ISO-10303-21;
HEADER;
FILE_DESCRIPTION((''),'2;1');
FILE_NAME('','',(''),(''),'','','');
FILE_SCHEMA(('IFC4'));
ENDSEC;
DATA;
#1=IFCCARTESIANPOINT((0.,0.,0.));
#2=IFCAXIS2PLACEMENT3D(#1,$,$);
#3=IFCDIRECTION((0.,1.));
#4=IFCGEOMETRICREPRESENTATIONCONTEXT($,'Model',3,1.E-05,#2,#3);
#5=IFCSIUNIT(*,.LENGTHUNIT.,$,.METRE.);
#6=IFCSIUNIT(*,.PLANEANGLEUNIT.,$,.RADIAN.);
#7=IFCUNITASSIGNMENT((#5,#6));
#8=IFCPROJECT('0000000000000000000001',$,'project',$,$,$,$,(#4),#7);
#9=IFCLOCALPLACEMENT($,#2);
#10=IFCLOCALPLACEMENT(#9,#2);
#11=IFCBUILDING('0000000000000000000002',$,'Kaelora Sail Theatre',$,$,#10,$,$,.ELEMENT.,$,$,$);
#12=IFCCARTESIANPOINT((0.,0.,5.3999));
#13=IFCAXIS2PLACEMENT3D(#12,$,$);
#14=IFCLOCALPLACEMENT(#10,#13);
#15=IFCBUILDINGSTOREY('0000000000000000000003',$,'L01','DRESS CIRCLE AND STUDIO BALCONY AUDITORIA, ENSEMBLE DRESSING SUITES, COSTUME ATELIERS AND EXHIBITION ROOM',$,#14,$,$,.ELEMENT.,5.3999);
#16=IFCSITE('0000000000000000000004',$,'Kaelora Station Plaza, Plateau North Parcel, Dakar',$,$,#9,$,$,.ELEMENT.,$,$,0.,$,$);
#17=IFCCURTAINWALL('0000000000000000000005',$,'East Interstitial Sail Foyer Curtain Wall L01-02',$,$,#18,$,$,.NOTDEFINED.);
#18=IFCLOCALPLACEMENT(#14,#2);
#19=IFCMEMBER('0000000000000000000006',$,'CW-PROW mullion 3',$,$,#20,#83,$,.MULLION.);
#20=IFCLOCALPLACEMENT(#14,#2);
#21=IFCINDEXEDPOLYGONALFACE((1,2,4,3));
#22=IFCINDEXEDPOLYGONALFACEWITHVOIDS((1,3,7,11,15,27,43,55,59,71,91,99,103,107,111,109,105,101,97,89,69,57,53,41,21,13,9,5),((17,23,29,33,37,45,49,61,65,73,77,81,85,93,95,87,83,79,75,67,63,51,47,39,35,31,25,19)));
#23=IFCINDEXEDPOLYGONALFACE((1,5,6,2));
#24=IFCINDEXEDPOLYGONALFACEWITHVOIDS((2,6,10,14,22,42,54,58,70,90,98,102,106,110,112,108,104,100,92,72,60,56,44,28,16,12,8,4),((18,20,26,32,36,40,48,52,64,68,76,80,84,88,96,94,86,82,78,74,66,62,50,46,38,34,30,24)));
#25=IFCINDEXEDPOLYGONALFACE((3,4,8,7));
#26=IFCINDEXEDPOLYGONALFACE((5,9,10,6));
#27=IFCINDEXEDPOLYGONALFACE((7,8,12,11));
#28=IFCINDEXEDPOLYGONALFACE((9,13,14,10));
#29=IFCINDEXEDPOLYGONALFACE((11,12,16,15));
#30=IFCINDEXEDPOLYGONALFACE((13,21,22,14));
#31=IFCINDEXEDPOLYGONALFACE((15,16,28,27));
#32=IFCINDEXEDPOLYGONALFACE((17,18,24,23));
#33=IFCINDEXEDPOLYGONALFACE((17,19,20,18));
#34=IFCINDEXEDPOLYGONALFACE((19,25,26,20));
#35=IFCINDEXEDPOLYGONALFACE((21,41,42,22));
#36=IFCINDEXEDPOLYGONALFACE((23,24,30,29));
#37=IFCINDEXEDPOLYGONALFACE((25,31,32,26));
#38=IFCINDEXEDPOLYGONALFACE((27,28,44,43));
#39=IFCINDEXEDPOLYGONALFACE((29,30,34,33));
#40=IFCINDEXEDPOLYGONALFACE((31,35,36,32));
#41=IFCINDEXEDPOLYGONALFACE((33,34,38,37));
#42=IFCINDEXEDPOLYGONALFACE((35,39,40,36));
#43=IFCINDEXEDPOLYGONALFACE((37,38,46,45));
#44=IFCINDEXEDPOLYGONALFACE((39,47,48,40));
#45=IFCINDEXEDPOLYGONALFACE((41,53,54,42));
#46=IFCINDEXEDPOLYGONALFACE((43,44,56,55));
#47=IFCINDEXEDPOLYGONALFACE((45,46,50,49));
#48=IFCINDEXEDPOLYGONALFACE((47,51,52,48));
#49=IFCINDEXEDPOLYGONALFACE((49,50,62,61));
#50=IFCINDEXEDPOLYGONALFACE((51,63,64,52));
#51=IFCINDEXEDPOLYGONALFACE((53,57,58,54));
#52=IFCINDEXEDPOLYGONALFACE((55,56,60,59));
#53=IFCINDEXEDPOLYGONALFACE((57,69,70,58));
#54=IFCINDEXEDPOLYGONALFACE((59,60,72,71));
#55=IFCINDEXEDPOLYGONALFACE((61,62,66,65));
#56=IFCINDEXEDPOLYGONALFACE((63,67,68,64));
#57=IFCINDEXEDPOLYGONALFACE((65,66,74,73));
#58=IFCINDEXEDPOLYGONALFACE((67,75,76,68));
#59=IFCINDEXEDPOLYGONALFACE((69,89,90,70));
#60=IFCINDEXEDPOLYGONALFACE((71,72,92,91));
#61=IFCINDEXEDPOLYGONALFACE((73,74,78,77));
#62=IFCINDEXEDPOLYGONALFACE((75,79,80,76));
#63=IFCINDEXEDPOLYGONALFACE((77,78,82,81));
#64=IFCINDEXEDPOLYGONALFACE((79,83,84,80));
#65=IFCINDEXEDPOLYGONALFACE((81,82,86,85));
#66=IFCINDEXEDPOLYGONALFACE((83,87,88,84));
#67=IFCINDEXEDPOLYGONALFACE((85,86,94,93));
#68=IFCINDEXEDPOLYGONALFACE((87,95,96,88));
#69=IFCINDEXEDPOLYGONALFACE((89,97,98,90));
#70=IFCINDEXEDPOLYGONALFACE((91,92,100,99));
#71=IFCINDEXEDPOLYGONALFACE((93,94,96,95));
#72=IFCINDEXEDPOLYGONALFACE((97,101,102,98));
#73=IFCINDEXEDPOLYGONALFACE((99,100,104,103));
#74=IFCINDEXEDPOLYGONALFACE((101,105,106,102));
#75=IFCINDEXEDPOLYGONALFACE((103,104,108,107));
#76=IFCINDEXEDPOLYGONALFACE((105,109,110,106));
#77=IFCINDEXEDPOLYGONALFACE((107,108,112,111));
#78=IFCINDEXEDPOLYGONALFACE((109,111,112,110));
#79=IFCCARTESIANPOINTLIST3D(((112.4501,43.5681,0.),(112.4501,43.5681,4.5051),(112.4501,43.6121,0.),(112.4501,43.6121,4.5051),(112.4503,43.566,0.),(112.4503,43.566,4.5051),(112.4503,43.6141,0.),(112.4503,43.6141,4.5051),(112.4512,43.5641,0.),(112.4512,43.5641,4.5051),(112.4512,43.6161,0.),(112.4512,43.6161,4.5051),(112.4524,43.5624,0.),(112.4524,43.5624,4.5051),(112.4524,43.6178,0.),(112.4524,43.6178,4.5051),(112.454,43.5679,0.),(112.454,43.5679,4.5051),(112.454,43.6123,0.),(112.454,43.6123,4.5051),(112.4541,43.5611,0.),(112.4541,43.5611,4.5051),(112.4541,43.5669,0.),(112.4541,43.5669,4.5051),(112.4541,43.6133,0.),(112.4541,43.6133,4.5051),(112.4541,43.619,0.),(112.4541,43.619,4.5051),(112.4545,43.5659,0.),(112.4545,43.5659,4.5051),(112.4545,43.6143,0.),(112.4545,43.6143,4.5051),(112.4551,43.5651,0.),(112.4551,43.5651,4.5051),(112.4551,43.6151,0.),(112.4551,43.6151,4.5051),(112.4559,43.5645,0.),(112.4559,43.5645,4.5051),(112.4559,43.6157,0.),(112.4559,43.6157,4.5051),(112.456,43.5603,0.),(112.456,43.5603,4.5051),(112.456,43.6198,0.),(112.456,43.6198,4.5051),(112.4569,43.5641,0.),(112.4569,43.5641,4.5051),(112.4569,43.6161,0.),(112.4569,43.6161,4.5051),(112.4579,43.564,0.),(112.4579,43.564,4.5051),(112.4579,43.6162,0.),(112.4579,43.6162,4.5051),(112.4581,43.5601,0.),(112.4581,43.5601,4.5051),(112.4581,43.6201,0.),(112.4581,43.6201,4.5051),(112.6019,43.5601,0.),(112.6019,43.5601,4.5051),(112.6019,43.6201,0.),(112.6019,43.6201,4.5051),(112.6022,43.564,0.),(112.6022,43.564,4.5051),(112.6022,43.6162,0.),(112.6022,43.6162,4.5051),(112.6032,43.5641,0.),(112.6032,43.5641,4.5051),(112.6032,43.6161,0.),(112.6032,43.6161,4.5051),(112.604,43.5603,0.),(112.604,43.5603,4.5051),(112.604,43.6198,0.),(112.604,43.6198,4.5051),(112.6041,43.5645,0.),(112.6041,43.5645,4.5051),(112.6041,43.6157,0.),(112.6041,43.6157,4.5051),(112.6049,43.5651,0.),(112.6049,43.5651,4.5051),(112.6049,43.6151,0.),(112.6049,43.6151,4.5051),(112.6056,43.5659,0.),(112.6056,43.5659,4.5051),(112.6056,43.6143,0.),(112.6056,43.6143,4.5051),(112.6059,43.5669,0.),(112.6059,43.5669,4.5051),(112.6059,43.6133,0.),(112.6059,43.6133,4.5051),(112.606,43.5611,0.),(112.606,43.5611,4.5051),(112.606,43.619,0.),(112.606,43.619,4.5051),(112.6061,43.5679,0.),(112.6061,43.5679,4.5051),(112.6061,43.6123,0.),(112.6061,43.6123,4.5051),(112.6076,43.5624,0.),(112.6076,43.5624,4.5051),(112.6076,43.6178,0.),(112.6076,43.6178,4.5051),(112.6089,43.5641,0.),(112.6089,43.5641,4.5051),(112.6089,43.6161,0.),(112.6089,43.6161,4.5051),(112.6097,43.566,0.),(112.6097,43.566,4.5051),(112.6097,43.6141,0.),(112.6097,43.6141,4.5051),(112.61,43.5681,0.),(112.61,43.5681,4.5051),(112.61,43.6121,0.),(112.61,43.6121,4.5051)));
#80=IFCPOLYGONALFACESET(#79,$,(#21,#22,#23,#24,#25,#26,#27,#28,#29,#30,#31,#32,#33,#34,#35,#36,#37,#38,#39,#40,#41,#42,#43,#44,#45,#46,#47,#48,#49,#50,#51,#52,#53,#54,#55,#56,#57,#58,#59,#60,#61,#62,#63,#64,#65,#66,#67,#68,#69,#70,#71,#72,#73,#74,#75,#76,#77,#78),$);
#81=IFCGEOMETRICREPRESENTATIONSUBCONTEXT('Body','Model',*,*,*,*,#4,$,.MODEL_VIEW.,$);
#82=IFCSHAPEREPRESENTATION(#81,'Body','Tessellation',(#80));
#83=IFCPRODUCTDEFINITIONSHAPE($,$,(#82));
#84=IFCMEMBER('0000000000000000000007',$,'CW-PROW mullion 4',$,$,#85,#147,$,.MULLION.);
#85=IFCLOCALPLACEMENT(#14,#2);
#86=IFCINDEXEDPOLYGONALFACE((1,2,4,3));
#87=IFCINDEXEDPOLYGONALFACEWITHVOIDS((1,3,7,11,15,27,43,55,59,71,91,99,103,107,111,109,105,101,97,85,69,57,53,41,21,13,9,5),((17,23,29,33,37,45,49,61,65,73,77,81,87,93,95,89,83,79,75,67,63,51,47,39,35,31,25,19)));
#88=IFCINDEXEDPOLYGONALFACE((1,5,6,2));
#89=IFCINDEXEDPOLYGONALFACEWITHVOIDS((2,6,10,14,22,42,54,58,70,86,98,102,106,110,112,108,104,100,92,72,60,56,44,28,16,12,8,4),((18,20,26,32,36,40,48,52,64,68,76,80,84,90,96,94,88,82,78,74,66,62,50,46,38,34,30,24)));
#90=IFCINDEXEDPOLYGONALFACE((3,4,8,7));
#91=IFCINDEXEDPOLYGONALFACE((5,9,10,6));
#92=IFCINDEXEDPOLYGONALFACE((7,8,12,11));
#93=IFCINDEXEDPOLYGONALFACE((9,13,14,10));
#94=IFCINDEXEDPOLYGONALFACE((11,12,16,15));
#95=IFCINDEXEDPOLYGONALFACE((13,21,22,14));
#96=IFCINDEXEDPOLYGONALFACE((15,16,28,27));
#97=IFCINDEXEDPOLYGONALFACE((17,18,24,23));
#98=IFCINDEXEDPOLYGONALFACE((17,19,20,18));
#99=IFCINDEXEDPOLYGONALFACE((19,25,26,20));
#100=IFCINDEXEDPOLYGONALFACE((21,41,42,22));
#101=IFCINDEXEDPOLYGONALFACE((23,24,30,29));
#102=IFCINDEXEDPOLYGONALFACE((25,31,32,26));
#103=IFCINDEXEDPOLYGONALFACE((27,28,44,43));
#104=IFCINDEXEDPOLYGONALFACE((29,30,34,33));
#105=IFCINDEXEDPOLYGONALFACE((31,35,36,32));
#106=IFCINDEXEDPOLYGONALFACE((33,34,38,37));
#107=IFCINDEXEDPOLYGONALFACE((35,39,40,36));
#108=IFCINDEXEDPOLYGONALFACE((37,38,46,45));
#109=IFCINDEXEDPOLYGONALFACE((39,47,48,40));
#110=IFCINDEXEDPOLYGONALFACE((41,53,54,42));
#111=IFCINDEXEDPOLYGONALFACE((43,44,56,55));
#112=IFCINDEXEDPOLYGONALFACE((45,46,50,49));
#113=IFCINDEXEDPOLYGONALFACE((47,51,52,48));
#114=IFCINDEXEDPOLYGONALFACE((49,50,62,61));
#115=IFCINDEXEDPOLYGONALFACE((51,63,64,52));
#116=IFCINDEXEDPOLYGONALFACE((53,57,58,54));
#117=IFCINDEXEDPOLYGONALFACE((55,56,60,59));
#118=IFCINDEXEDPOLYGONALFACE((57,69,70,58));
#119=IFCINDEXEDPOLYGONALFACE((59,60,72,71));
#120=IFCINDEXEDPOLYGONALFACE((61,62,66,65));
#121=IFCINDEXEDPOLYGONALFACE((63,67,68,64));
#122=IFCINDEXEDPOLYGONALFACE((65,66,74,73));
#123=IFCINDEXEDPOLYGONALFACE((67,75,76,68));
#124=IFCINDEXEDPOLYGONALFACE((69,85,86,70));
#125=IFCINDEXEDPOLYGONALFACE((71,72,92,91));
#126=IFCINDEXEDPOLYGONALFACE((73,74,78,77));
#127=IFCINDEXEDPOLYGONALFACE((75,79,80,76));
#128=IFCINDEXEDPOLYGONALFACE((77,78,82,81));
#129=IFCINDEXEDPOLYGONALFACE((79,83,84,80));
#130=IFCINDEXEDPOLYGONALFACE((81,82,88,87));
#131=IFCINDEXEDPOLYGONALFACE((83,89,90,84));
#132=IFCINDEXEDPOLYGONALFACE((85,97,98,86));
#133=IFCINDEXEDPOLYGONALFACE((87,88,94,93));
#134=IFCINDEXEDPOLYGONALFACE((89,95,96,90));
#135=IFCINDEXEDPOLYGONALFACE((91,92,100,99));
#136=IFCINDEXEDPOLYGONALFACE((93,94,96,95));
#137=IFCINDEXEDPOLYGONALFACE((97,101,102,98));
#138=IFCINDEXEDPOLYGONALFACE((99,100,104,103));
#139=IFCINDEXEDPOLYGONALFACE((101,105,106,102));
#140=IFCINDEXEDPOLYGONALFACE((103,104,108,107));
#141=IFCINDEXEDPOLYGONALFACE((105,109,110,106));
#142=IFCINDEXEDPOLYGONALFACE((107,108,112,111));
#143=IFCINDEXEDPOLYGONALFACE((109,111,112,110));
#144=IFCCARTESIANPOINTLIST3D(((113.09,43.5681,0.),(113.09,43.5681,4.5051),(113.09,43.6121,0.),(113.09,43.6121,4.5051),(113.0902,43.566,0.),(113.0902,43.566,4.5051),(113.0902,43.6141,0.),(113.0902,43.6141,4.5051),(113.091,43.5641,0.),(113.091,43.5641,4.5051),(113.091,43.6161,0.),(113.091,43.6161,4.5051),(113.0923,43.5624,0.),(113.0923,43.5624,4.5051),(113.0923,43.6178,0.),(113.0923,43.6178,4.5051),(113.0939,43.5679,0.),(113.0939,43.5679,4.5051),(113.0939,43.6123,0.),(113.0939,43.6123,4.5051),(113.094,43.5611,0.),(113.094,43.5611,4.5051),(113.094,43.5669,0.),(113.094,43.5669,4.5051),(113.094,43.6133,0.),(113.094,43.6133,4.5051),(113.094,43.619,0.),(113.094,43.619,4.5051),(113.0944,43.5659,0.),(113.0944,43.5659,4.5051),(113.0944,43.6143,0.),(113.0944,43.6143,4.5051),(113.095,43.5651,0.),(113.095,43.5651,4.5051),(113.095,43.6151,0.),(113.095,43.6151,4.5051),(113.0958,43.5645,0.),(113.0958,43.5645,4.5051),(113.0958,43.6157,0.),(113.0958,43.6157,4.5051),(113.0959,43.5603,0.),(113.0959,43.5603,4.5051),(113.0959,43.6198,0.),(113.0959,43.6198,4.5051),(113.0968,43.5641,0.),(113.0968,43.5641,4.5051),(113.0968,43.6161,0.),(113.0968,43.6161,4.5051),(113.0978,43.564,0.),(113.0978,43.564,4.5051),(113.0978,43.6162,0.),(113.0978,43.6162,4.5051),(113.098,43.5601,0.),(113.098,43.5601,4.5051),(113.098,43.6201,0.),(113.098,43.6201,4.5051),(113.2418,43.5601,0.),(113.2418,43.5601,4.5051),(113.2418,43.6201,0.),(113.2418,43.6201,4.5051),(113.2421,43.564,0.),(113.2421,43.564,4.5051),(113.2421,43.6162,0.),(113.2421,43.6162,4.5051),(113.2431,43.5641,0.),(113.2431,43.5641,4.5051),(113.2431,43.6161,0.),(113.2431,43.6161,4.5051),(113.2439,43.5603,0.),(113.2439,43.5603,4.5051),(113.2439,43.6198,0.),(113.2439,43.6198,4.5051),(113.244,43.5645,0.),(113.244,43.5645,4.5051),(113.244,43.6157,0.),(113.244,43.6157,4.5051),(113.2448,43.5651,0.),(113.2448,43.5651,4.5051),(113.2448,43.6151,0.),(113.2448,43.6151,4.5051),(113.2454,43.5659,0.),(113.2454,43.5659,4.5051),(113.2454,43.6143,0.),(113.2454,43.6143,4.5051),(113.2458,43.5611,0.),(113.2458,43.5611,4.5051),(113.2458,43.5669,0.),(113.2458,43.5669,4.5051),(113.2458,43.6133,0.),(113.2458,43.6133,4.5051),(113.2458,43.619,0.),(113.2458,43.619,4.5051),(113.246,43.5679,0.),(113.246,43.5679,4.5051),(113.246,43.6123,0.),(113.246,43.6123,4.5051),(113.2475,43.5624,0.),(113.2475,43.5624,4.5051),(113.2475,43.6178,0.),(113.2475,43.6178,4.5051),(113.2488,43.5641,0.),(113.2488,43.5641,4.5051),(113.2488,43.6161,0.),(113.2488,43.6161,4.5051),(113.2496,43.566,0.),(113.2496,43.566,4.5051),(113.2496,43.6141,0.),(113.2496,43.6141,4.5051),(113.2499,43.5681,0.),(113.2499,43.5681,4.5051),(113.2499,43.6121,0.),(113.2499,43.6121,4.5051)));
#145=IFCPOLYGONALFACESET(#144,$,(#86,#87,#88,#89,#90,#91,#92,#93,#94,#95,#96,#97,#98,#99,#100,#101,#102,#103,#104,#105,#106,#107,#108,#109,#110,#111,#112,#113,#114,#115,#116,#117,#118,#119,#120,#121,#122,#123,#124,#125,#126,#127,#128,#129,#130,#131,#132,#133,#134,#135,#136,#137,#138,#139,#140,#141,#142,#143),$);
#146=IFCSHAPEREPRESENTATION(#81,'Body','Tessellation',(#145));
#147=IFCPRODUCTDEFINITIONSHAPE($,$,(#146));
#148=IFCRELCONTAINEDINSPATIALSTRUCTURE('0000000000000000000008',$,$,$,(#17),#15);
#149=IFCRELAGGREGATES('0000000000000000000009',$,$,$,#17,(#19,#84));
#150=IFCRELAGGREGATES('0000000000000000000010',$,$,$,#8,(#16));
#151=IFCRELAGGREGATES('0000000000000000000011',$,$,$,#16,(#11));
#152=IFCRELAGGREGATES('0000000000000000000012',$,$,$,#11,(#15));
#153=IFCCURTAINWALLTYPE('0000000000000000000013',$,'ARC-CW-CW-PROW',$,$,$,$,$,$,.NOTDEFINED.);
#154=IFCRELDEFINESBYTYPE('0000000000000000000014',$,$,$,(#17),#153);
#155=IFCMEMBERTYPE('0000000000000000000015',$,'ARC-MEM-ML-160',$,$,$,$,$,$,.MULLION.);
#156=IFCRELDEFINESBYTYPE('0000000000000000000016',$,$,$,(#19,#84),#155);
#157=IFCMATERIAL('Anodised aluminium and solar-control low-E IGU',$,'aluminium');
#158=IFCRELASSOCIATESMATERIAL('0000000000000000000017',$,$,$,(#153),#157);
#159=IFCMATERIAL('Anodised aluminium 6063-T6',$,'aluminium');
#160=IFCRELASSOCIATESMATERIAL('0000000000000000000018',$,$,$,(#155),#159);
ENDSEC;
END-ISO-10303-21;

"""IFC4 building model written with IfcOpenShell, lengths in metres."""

from ifc_helpers import new_model, si_unit, direction, frame, origin, origin_2d, place, context, subcontext, project, spatial, hollow_rectangle, extrude, material, material_profile, profile_set, type_object, element, aggregate, save


model = new_model("IFC4")

# Units and contexts
model_context = context("Model", 3, precision=1e-05, world=origin(), true_north=direction((0.0, 1.0)))
body_context = subcontext(model_context, "Body", "Model", "MODEL_VIEW")
ifc_project = project(units=[si_unit("LENGTHUNIT", "METRE"), si_unit("PLANEANGLEUNIT", "RADIAN")], contexts=[model_context])

# Site, building, storey
site_placement = place(None, origin())
site = spatial("IfcSite", under=ifc_project, at=site_placement, Name="Kaelora Station Plaza, Plateau North Parcel, Dakar", CompositionType="ELEMENT", RefElevation=0.0)
building_placement = place(site_placement, origin())
building = spatial("IfcBuilding", under=site, at=building_placement, Name="Kaelora Sail Theatre", CompositionType="ELEMENT")
storey_placement = place(building_placement, frame((0.0, 0.0, 5.3999)))
storey = spatial("IfcBuildingStorey", under=building, at=storey_placement, Name="L01", Description="DRESS CIRCLE AND STUDIO BALCONY AUDITORIA, ENSEMBLE DRESSING SUITES, COSTUME ATELIERS AND EXHIBITION ROOM", CompositionType="ELEMENT", Elevation=5.3999)

# Curtain wall, members
ifc_material_1 = material(Name="Anodised aluminium and solar-control low-E IGU", Category="aluminium")
curtain_wall_type = type_object("IfcCurtainWallType", Name="ARC-CW-CW-PROW", PredefinedType="NOTDEFINED", material=ifc_material_1)
curtain_wall_placement = place(storey_placement, origin())
curtain_wall = element("IfcCurtainWall", 1, at=curtain_wall_placement, inside=storey, type_object=curtain_wall_type, Name="East Interstitial Sail Foyer Curtain Wall L01-02", PredefinedType="NOTDEFINED")
ifc_material_2 = material(Name="Anodised aluminium 6063-T6", Category="aluminium")
ifc_material_profile_1 = material_profile(ifc_material_2, hollow_rectangle(XDim=0.0601, YDim=0.1599, WallThickness=0.0039, InnerFilletRadius=0.0039, OuterFilletRadius=0.0081, at=origin_2d()), Name="ALU-MULL 60x160x4")
ifc_profile_set_1 = profile_set([ifc_material_profile_1], Name="Anodised aluminium 6063-T6")
member_type_1 = type_object("IfcMemberType", Name="ARC-MEM-ML-160", PredefinedType="MULLION", material=ifc_profile_set_1)
member_1_placement = place(storey_placement, frame((112.53, 43.5901, 0.0), z_axis=(0.0, 0.0, 1.0), x_axis=(0.0, 1.0, 0.0)))
member_1 = element("IfcMember", 2, at=member_1_placement, type_object=member_type_1, Name="CW-PROW mullion 3", PredefinedType="MULLION", context=body_context, shape_type="SweptSolid", body=[
    extrude(hollow_rectangle(XDim=0.0601, YDim=0.1599, WallThickness=0.0039, InnerFilletRadius=0.0039, OuterFilletRadius=0.0081, at=origin_2d()), origin(), (0.0, 0.0, 1.0), 4.5051),
])
member_2_placement = place(storey_placement, frame((113.1699, 43.5901, 0.0), z_axis=(0.0, 0.0, 1.0), x_axis=(0.0, 1.0, 0.0)))
member_2 = element("IfcMember", 3, at=member_2_placement, type_object=member_type_1, Name="CW-PROW mullion 4", PredefinedType="MULLION", context=body_context, shape_type="SweptSolid", body=[
    extrude(hollow_rectangle(XDim=0.0601, YDim=0.1599, WallThickness=0.0039, InnerFilletRadius=0.0039, OuterFilletRadius=0.0081, at=origin_2d()), origin(), (0.0, 0.0, 1.0), 4.5051),
])

aggregate(curtain_wall, [member_1, member_2])

save(model, "model.ifc")
